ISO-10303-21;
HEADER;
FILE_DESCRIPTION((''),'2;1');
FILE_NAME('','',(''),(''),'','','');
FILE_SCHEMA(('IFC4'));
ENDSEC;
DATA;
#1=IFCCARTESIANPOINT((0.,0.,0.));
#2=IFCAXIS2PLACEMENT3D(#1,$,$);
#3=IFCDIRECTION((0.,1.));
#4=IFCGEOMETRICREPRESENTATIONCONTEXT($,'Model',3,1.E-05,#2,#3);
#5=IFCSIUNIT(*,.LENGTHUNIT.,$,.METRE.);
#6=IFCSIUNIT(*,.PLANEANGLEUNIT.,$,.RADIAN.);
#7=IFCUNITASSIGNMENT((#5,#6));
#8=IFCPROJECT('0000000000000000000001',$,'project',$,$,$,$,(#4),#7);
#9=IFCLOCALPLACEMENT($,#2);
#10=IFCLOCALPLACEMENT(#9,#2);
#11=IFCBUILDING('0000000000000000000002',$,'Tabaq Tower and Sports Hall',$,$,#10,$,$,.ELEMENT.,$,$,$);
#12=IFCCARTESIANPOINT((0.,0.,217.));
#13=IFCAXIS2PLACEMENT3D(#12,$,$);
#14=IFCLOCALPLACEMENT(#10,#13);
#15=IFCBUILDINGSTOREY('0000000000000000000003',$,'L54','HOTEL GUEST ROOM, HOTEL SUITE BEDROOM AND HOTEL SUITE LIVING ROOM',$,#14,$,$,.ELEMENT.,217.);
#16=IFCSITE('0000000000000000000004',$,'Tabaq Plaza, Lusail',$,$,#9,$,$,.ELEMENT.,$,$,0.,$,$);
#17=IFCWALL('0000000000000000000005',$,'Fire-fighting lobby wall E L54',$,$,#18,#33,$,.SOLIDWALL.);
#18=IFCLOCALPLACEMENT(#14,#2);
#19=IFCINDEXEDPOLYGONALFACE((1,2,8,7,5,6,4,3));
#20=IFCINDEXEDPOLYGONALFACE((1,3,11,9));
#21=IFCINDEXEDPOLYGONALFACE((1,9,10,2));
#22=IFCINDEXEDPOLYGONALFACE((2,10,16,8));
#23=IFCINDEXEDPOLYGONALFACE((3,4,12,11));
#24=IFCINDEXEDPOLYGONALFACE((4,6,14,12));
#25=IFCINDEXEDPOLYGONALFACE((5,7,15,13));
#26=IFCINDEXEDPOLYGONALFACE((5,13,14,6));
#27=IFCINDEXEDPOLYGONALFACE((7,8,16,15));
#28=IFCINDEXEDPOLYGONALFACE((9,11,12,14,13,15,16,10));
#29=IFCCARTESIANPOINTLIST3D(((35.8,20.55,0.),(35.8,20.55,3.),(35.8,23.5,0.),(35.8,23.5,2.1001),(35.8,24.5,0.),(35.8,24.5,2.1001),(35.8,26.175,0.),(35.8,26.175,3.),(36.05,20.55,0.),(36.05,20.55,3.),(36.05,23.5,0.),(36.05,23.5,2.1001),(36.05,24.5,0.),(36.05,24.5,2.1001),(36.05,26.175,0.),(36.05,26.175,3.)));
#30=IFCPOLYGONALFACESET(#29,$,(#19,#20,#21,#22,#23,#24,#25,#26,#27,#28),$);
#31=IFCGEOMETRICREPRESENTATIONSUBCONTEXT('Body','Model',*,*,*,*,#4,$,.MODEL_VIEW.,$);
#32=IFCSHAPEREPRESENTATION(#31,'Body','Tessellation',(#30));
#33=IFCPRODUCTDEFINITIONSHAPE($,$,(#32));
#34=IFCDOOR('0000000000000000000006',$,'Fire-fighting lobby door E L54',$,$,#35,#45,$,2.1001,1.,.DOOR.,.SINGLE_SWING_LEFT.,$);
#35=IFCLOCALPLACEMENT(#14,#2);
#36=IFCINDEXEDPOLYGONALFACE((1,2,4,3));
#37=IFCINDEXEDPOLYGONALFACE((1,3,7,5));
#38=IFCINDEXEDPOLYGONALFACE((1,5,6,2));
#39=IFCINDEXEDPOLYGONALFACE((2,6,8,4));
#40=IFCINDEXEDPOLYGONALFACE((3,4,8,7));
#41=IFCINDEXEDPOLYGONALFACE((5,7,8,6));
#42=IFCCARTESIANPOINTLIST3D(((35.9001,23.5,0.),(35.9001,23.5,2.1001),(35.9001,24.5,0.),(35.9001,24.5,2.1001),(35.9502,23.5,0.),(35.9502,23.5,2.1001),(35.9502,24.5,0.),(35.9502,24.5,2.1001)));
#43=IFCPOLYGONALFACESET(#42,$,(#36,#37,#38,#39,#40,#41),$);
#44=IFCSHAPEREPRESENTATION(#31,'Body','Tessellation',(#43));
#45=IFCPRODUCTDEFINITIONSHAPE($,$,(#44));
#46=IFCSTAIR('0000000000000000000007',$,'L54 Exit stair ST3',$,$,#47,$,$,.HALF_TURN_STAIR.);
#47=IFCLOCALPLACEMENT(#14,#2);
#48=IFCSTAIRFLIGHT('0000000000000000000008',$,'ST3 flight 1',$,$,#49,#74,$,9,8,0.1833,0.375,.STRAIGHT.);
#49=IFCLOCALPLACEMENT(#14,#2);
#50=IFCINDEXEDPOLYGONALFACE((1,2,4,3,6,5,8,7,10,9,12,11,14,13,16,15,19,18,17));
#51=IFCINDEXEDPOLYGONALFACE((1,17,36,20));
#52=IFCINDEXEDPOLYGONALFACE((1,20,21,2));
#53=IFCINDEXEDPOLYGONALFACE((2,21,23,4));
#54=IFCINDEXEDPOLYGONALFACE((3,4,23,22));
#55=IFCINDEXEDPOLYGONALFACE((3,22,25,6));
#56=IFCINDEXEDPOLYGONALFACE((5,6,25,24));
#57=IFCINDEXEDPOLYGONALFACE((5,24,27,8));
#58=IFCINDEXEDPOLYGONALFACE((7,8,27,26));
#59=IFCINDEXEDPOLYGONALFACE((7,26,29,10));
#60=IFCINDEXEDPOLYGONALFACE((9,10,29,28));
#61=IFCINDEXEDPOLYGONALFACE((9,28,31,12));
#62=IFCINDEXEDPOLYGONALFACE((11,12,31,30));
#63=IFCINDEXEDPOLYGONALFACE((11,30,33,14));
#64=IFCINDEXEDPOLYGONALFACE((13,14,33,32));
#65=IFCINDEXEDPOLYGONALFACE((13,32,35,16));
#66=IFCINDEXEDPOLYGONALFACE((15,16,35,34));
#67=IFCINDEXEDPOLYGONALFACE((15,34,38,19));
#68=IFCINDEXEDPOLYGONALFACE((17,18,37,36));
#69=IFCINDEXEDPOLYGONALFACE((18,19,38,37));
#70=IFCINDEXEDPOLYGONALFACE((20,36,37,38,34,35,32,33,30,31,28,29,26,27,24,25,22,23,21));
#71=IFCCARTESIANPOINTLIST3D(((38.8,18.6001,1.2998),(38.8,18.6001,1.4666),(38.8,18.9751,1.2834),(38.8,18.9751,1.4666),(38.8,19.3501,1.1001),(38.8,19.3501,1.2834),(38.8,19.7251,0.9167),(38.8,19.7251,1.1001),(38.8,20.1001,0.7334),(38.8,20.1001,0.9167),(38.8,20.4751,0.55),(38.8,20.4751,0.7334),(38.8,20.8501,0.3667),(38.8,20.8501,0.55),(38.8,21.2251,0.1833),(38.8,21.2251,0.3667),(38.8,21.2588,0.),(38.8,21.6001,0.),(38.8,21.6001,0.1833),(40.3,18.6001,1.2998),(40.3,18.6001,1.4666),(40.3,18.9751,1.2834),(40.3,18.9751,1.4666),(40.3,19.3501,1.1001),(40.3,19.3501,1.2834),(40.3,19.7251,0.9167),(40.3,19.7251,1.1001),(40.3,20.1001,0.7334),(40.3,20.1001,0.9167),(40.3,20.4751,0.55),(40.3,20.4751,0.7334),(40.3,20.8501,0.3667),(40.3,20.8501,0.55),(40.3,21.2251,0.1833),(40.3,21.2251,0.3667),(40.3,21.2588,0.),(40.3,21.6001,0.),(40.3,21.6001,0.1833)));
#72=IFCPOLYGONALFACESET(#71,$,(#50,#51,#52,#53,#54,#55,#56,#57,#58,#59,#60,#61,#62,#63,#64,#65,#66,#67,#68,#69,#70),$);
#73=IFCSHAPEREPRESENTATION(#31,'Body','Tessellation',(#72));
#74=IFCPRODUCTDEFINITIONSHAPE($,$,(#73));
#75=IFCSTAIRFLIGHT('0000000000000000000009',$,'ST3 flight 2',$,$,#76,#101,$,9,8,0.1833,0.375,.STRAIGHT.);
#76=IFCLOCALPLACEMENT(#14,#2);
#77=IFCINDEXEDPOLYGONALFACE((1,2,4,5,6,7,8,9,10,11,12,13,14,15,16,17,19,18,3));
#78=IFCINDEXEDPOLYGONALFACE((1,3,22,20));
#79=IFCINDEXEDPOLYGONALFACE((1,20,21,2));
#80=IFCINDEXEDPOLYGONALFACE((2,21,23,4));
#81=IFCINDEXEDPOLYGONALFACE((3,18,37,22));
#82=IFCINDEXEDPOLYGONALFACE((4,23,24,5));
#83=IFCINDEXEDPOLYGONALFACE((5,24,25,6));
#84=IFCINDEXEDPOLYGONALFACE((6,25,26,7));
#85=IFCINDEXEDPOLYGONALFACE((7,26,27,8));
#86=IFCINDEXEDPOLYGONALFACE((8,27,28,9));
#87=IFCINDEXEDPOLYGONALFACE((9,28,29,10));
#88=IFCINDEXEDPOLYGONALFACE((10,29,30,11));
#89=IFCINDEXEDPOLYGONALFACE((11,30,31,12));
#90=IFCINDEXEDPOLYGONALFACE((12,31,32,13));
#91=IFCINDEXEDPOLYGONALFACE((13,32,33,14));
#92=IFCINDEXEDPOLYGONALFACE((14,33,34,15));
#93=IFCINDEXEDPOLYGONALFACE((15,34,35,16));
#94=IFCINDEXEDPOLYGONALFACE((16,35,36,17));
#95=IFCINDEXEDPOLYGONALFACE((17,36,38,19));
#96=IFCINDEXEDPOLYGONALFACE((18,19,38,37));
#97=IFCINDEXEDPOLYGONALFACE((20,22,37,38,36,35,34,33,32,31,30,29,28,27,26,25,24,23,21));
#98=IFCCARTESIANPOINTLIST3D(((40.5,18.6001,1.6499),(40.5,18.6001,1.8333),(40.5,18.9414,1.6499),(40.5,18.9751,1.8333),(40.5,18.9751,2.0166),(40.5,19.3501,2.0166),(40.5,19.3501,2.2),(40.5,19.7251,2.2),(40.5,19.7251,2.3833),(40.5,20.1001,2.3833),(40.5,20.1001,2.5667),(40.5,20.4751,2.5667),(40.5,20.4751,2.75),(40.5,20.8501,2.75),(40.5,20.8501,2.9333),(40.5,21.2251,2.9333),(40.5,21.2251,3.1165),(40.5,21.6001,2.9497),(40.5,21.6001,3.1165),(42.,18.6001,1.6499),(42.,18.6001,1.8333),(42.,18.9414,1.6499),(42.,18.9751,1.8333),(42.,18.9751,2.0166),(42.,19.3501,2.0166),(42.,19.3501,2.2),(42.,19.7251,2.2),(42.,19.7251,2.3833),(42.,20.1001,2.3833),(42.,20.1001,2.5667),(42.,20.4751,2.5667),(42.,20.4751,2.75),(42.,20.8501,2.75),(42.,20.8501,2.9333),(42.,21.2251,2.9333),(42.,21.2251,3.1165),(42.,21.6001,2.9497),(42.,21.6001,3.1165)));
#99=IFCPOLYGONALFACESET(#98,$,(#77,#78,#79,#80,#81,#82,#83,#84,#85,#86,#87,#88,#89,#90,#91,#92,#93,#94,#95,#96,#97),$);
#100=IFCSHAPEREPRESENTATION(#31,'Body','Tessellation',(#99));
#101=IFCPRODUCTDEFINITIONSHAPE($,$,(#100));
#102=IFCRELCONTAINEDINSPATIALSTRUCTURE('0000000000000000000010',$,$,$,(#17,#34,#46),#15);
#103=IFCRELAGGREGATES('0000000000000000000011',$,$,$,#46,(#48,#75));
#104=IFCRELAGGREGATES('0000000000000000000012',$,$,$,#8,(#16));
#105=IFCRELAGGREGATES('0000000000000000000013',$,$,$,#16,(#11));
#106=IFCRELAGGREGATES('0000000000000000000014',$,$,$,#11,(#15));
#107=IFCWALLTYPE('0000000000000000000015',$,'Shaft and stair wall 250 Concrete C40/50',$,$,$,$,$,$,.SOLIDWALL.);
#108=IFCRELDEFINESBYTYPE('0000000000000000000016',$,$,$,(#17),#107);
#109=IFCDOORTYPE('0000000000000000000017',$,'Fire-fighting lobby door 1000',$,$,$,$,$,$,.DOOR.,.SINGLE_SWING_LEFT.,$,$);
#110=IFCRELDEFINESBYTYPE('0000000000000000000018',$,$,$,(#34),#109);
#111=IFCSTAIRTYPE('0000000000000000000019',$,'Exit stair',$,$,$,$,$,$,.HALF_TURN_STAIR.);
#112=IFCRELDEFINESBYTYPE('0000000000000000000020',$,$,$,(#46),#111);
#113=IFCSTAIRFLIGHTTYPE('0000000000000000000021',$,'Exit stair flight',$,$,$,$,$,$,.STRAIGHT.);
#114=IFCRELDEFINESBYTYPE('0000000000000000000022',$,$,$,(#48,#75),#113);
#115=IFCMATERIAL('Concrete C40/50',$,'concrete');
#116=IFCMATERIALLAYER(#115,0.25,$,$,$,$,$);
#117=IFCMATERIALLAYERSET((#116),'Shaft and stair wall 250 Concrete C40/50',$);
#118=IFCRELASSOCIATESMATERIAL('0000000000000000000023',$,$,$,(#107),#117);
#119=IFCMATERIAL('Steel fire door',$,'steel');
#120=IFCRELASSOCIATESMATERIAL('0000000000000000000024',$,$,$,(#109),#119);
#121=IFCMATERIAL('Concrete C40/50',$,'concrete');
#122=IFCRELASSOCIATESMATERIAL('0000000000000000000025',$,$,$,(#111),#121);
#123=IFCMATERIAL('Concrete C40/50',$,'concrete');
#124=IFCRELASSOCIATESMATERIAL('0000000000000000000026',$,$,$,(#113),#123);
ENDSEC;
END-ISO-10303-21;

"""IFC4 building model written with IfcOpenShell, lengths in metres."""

from ifc_helpers import new_model, si_unit, direction, frame, frame_2d, origin, place, context, subcontext, project, spatial, polyline, rectangle, outline, extrude, material, layer, layer_set, type_object, element, fill, aggregate, save


model = new_model("IFC4")

# Units and contexts
model_context = context("Model", 3, precision=1e-05, world=origin(), true_north=direction((0.0, 1.0)))
body_context = subcontext(model_context, "Body", "Model", "MODEL_VIEW")
ifc_project = project(units=[si_unit("LENGTHUNIT", "METRE"), si_unit("PLANEANGLEUNIT", "RADIAN")], contexts=[model_context])

# Site, building, storey
site_placement = place(None, origin())
site = spatial("IfcSite", under=ifc_project, at=site_placement, Name="Tabaq Plaza, Lusail", CompositionType="ELEMENT", RefElevation=0.0)
building_placement = place(site_placement, origin())
building = spatial("IfcBuilding", under=site, at=building_placement, Name="Tabaq Tower and Sports Hall", CompositionType="ELEMENT")
storey_placement = place(building_placement, frame((0.0, 0.0, 217.0)))
storey = spatial("IfcBuildingStorey", under=building, at=storey_placement, Name="L54", Description="HOTEL GUEST ROOM, HOTEL SUITE BEDROOM AND HOTEL SUITE LIVING ROOM", CompositionType="ELEMENT", Elevation=217.0)

# Shared definitions
ifc_material_1 = material(Name="Concrete C40/50", Category="concrete")
ifc_layer_1 = layer(ifc_material_1, 0.25)
ifc_layer_set_1 = layer_set([ifc_layer_1], Name="Shaft and stair wall 250 Concrete C40/50")
wall_type_1 = type_object("IfcWallType", Name="Shaft and stair wall 250 Concrete C40/50", PredefinedType="SOLIDWALL", material=ifc_layer_set_1)

# Wall, opening, door
wall_1_placement = place(storey_placement, frame((35.925, 20.55, 0.0), z_axis=(0.0, 0.0, 1.0), x_axis=(0.0, 1.0, 0.0)))
wall_1 = element("IfcWall", 1, at=wall_1_placement, inside=storey, type_object=wall_type_1, Name="Fire-fighting lobby wall E L54", PredefinedType="SOLIDWALL", context=body_context, shape_type="SweptSolid", body=[
    extrude(rectangle(XDim=5.625, YDim=0.25, at=frame_2d((2.8125, 0.0))), origin(), (0.0, 0.0, 1.0), 3.0),
])
opening_1_placement = place(wall_1_placement, frame((2.95, 0.0, 0.0)))
opening_1 = element("IfcOpeningElement", 2, at=opening_1_placement, cuts=wall_1, PredefinedType="OPENING", context=body_context, shape_type="SweptSolid", body=[
    extrude(rectangle(XDim=1.0, YDim=2.1001, at=frame_2d((0.5, 1.05))), frame((0.0, 0.125, 0.0), z_axis=(0.0, -1.0, 0.0), x_axis=(1.0, 0.0, 0.0)), (0.0, 0.0, 1.0), 0.25),
])
ifc_material_2 = material(Name="Steel fire door", Category="steel")
door_type_1 = type_object("IfcDoorType", Name="Fire-fighting lobby door 1000", OperationType="SINGLE_SWING_LEFT", PredefinedType="DOOR", material=ifc_material_2)
door_1_placement = place(opening_1_placement, origin())
door_1 = element("IfcDoor", 3, at=door_1_placement, inside=storey, type_object=door_type_1, Name="Fire-fighting lobby door E L54", OperationType="SINGLE_SWING_LEFT", OverallHeight=2.1001, OverallWidth=1.0, PredefinedType="DOOR", context=body_context, shape_type="SweptSolid", body=[
    extrude(rectangle(XDim=1.0, YDim=2.1001, at=frame_2d((0.5, 1.05))), frame((0.0, 0.0249, 0.0), z_axis=(0.0, -1.0, 0.0), x_axis=(1.0, 0.0, 0.0)), (0.0, 0.0, 1.0), 0.05),
])
fill(opening_1, door_1)

# Stair, stair flights
ifc_material_3 = material(Name="Concrete C40/50", Category="concrete")
stair_type = type_object("IfcStairType", Name="Exit stair", PredefinedType="HALF_TURN_STAIR", material=ifc_material_3)
stair_placement = place(storey_placement, origin())
stair = element("IfcStair", 4, at=stair_placement, inside=storey, type_object=stair_type, Name="L54 Exit stair ST3", PredefinedType="HALF_TURN_STAIR")
ifc_material_4 = material(Name="Concrete C40/50", Category="concrete")
stair_flight_type = type_object("IfcStairFlightType", Name="Exit stair flight", PredefinedType="STRAIGHT", material=ifc_material_4)
stair_flight_1_placement = place(storey_placement, frame((39.55, 21.6001, 0.0), z_axis=(0.0, 0.0, 1.0), x_axis=(0.0, -1.0, 0.0)))
stair_flight_1 = element("IfcStairFlight", 5, at=stair_flight_1_placement, type_object=stair_flight_type, Name="ST3 flight 1", NumberOfRisers=9, NumberOfTreads=8, PredefinedType="STRAIGHT", RiserHeight=0.1833, TreadLength=0.375, context=body_context, shape_type="SweptSolid", body=[
    extrude(outline(polyline([(0.0, 0.0), (0.0, 0.1833), (0.375, 0.1833), (0.375, 0.3667), (0.75, 0.3667), (0.75, 0.55), (1.125, 0.55), (1.125, 0.7334), (1.5, 0.7334), (1.5, 0.9167), (1.875, 0.9167), (1.875, 1.1001), (2.25, 1.1001), (2.25, 1.2834), (2.625, 1.2834), (2.625, 1.4666), (3.0, 1.4666), (3.0, 1.6499), (3.0, 1.2998), (0.3413, 0.0), (0.0, 0.0)])), frame((0.0, 0.75, 0.0), z_axis=(0.0, -1.0, 0.0), x_axis=(1.0, 0.0, 0.0)), (0.0, 0.0, 1.0), 1.5),
])
stair_flight_2_placement = place(storey_placement, frame((41.25, 18.6001, 1.6499), z_axis=(0.0, 0.0, 1.0), x_axis=(0.0, 1.0, 0.0)))
stair_flight_2 = element("IfcStairFlight", 6, at=stair_flight_2_placement, type_object=stair_flight_type, Name="ST3 flight 2", NumberOfRisers=9, NumberOfTreads=8, PredefinedType="STRAIGHT", RiserHeight=0.1833, TreadLength=0.375, context=body_context, shape_type="SweptSolid", body=[
    extrude(outline(polyline([(0.0, 0.0), (0.0, 0.1833), (0.375, 0.1833), (0.375, 0.3667), (0.75, 0.3667), (0.75, 0.55), (1.125, 0.55), (1.125, 0.7334), (1.5, 0.7334), (1.5, 0.9167), (1.875, 0.9167), (1.875, 1.1001), (2.25, 1.1001), (2.25, 1.2834), (2.625, 1.2834), (2.625, 1.4666), (3.0, 1.4666), (3.0, 1.6499), (3.0, 1.2998), (0.3413, 0.0), (0.0, 0.0)])), frame((0.0, 0.75, 0.0), z_axis=(0.0, -1.0, 0.0), x_axis=(1.0, 0.0, 0.0)), (0.0, 0.0, 1.0), 1.5),
])
aggregate(stair, [stair_flight_1, stair_flight_2])

save(model, "model.ifc")
